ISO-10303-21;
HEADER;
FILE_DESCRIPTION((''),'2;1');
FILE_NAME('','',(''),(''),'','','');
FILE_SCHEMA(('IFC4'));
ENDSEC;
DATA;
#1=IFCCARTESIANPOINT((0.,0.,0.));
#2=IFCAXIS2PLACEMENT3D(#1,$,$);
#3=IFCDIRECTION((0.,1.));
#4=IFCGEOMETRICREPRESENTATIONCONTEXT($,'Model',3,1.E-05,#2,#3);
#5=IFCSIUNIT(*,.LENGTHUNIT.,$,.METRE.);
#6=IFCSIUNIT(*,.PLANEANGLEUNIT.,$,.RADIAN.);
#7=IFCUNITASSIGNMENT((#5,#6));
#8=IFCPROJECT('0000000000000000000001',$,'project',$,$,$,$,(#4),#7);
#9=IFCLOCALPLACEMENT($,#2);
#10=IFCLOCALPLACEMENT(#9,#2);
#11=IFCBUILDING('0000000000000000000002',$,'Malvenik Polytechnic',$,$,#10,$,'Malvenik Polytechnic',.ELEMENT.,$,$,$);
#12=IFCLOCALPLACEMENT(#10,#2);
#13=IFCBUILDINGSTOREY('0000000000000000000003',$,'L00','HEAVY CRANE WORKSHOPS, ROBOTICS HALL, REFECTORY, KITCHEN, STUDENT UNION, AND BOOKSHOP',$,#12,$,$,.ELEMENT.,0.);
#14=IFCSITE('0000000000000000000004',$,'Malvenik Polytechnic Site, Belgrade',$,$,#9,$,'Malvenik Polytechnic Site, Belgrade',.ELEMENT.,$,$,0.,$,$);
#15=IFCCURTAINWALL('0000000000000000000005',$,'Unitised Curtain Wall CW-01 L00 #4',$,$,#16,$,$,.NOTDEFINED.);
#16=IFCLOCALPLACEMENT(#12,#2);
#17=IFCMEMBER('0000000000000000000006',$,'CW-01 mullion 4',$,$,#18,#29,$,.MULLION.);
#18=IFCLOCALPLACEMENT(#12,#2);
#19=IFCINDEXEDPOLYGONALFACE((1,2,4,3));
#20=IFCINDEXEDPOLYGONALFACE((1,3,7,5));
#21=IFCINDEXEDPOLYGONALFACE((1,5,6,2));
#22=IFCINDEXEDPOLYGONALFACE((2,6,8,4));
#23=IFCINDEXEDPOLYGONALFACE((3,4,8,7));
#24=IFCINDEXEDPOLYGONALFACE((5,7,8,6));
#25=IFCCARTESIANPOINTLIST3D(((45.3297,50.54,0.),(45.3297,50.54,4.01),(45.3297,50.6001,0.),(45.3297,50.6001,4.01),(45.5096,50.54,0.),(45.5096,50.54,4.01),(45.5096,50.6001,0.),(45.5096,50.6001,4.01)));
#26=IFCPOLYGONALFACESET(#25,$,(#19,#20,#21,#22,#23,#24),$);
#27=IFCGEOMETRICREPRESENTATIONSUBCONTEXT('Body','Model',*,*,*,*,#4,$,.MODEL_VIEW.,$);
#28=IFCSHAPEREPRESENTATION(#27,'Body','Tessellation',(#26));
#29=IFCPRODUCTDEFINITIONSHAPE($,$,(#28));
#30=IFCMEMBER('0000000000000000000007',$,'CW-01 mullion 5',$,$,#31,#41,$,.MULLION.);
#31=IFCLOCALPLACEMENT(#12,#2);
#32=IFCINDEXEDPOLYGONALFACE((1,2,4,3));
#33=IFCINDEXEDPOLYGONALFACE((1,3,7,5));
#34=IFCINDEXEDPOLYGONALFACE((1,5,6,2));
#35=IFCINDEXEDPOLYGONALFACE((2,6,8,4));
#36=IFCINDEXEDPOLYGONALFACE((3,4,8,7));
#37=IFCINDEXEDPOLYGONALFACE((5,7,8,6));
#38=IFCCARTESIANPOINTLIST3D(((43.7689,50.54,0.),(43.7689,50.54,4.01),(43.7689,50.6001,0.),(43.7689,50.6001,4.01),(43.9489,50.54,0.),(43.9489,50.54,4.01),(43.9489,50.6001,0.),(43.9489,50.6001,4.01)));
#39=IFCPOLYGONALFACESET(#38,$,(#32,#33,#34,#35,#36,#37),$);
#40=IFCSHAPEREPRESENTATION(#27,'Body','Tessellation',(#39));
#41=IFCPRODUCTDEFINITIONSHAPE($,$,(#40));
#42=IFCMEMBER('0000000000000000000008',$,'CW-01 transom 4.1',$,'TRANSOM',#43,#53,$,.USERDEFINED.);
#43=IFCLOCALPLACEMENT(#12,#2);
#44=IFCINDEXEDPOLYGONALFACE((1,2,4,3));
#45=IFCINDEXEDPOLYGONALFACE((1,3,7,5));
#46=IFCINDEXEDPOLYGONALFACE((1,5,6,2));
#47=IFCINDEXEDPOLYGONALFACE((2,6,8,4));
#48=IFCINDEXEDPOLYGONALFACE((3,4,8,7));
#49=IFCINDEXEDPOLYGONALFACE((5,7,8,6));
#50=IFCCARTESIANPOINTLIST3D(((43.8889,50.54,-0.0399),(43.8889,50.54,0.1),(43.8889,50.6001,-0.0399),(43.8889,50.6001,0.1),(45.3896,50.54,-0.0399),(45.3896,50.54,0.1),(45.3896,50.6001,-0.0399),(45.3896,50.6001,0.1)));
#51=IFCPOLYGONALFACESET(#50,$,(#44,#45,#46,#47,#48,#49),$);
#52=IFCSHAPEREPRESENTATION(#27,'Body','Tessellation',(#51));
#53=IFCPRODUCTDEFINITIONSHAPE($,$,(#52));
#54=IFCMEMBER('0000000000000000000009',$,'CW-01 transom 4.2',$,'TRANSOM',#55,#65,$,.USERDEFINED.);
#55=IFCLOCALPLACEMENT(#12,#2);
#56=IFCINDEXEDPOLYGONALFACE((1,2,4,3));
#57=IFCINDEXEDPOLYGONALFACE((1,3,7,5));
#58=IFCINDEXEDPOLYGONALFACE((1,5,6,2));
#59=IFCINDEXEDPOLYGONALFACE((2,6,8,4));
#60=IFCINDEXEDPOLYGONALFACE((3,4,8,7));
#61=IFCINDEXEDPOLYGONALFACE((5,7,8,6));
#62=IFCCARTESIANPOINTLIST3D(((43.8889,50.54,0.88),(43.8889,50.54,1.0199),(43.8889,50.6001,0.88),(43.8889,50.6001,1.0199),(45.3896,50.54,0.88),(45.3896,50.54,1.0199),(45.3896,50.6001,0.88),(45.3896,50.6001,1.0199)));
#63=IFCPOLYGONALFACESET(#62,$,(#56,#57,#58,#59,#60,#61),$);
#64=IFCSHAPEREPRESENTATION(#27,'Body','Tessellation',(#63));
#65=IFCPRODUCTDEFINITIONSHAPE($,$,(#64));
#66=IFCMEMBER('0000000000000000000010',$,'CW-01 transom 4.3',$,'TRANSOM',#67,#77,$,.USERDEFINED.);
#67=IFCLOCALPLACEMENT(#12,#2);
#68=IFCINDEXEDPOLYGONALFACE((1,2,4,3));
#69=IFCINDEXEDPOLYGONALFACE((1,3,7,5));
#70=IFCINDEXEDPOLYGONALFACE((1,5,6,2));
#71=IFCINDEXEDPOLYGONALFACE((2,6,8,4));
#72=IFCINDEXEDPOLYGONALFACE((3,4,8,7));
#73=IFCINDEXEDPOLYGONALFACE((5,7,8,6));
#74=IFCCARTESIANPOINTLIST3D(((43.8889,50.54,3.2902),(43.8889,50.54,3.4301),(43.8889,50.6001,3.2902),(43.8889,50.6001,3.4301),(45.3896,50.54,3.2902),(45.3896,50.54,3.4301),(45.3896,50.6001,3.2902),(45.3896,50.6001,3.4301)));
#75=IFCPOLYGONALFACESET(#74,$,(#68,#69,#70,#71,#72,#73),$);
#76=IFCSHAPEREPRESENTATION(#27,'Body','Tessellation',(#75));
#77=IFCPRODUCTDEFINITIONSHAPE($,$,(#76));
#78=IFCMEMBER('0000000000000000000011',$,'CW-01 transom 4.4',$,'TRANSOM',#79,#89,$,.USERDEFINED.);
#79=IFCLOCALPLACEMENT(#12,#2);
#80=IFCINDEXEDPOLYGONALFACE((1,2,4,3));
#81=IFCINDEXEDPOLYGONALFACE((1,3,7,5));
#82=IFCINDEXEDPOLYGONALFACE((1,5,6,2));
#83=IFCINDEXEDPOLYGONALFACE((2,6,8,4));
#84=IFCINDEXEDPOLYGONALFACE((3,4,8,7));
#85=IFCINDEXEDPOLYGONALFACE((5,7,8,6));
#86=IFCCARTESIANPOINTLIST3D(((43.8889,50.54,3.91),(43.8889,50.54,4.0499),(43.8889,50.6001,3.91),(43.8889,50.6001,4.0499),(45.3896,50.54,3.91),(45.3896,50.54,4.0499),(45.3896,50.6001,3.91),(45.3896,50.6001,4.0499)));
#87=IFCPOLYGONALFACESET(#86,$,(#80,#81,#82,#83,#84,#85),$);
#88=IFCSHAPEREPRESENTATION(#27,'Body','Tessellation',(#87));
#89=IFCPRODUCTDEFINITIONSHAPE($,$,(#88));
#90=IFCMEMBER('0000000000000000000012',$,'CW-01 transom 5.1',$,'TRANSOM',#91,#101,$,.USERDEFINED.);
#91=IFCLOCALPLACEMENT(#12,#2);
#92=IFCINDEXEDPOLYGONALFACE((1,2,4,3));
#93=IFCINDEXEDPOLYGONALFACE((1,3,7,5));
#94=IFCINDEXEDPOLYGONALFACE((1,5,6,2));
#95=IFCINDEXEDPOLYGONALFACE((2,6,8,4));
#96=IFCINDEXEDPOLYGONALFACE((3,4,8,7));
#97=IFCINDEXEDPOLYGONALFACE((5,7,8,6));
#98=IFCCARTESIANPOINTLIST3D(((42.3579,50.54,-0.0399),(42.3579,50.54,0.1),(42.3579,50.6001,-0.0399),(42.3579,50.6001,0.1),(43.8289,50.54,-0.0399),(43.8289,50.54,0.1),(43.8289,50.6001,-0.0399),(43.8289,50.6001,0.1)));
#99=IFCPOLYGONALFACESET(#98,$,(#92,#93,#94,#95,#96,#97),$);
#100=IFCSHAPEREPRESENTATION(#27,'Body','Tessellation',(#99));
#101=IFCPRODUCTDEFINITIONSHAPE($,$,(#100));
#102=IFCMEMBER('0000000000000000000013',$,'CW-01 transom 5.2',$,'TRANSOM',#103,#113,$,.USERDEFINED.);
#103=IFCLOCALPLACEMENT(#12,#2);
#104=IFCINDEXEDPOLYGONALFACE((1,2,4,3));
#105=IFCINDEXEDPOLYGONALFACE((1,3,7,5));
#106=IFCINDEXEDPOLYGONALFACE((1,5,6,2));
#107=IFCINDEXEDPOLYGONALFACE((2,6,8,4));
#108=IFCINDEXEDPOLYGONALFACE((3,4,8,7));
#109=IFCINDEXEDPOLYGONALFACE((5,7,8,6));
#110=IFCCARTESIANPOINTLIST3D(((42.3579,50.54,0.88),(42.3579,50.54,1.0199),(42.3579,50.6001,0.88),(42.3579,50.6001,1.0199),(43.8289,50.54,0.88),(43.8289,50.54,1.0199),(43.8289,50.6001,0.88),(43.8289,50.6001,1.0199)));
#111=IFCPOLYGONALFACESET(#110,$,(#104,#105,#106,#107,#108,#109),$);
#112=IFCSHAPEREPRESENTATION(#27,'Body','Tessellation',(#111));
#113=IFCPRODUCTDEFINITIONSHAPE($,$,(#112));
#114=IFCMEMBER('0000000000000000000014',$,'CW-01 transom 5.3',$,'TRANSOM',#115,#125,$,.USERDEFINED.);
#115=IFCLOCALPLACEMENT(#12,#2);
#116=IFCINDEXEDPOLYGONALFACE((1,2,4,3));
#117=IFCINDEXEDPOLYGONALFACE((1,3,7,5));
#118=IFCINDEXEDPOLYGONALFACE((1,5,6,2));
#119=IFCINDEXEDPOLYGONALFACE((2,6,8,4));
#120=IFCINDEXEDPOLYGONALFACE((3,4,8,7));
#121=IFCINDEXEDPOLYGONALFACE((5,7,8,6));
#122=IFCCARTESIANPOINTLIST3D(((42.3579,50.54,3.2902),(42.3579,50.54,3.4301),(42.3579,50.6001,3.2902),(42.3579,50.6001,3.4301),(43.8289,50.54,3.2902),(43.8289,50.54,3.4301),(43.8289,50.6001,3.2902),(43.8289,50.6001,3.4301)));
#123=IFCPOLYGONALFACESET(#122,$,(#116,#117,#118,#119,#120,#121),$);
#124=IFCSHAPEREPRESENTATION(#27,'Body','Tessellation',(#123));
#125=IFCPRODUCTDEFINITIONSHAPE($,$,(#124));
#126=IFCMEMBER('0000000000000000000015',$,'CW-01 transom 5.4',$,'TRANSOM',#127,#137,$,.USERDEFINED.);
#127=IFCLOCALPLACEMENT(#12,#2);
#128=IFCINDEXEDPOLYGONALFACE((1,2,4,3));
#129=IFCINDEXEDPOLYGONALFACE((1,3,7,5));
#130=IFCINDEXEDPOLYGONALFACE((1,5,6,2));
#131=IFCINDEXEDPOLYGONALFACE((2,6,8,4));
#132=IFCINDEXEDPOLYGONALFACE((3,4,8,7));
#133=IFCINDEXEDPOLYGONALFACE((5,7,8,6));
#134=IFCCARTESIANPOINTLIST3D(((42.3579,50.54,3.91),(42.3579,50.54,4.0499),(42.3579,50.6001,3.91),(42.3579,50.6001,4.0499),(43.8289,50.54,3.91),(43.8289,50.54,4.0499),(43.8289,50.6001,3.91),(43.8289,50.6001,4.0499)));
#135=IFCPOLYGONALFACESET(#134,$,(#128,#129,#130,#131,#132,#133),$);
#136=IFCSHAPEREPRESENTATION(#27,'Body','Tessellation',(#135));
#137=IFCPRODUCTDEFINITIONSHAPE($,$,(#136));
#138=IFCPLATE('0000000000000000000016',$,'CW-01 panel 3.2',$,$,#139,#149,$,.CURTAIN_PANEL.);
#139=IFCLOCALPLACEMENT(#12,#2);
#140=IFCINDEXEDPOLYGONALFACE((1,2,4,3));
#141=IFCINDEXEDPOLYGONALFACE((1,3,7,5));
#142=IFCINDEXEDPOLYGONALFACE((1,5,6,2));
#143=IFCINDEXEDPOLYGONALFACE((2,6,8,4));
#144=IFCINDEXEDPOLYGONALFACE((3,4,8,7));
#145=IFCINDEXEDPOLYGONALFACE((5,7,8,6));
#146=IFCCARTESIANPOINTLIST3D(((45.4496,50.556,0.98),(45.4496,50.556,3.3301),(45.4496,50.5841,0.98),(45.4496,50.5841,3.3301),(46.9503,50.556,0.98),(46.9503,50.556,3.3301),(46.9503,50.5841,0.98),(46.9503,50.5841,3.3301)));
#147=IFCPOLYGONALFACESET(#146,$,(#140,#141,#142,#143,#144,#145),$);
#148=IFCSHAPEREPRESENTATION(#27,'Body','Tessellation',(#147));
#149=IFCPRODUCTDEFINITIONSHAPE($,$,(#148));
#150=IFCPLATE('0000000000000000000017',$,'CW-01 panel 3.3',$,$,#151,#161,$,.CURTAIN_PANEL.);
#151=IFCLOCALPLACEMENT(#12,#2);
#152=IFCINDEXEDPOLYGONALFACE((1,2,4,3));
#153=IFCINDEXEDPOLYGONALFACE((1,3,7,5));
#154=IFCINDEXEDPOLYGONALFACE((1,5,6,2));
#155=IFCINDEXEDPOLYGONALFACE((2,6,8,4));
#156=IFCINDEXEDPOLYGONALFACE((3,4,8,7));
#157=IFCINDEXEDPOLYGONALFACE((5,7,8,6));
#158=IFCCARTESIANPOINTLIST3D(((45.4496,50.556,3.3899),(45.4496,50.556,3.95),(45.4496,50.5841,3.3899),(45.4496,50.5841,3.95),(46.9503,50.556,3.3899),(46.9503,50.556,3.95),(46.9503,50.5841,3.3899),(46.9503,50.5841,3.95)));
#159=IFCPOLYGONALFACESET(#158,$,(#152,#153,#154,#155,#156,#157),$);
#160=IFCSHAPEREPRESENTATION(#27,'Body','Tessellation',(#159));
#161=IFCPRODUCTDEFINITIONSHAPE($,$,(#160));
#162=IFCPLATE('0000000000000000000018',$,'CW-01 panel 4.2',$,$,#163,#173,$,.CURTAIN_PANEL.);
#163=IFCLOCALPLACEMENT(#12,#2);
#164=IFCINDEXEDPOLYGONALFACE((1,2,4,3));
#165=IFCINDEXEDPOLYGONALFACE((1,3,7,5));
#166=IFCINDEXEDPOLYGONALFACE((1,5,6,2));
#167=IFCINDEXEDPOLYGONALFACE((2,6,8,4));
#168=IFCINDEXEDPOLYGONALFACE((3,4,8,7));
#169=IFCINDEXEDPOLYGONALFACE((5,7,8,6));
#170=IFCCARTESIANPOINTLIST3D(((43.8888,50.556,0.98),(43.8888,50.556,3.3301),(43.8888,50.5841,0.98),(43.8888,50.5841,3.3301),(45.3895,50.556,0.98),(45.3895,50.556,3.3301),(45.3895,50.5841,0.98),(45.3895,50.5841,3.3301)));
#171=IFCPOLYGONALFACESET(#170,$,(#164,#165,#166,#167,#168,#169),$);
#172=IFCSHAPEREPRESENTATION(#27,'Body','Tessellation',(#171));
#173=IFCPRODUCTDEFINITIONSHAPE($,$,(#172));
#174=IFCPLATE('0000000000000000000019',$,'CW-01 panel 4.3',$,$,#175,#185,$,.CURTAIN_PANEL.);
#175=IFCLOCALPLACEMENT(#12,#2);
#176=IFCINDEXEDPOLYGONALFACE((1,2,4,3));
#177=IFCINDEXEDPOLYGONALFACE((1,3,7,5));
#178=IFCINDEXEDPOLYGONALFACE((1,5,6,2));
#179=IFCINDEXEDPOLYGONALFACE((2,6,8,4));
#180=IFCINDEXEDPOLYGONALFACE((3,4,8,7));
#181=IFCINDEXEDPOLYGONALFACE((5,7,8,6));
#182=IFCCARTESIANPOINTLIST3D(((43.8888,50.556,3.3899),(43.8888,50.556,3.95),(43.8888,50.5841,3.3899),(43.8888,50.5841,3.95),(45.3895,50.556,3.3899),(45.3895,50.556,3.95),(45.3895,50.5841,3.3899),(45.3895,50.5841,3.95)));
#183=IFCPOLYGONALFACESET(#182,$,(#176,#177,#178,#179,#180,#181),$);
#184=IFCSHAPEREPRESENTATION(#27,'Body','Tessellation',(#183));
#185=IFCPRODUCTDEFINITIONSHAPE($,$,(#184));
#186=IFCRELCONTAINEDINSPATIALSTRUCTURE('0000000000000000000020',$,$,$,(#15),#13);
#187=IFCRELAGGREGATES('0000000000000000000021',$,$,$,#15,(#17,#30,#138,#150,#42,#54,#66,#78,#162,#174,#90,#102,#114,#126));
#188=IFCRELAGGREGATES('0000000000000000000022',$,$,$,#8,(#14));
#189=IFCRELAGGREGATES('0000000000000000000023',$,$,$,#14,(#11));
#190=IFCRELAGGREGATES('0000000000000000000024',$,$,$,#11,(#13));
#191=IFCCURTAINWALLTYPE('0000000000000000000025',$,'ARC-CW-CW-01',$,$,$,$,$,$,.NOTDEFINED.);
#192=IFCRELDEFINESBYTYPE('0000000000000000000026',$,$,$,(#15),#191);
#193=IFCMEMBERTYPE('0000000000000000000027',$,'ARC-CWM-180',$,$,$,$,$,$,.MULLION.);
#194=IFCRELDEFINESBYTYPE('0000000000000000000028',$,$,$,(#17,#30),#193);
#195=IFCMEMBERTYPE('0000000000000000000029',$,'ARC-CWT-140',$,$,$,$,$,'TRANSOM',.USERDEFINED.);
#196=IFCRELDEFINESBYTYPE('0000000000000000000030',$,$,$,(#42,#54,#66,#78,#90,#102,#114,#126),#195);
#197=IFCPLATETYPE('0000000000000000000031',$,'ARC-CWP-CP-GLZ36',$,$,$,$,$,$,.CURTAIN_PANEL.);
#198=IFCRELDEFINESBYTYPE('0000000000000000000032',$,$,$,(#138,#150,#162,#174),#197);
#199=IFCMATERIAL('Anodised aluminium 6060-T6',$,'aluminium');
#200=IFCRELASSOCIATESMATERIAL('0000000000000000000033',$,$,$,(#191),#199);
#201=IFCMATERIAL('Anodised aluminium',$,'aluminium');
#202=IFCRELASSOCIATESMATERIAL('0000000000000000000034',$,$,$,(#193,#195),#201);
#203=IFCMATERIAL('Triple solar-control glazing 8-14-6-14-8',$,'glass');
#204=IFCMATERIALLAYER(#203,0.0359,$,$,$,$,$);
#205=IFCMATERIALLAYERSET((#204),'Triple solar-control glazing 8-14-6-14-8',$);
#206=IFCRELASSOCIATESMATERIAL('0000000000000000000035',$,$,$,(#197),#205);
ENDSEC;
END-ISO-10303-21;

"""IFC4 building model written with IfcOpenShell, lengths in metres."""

from ifc_helpers import new_model, si_unit, direction, frame, origin, origin_2d, place, context, subcontext, project, spatial, rectangle, extrude, material, layer, layer_set, material_profile, profile_set, type_object, element, aggregate, save


model = new_model("IFC4")

# Units and contexts
model_context = context("Model", 3, precision=1e-05, world=origin(), true_north=direction((0.0, 1.0)))
body_context = subcontext(model_context, "Body", "Model", "MODEL_VIEW")
ifc_project = project(units=[si_unit("LENGTHUNIT", "METRE"), si_unit("PLANEANGLEUNIT", "RADIAN")], contexts=[model_context])

# Site, building, storey
site_placement = place(None, origin())
site = spatial("IfcSite", under=ifc_project, at=site_placement, Name="Malvenik Polytechnic Site, Belgrade", LongName="Malvenik Polytechnic Site, Belgrade", CompositionType="ELEMENT", RefElevation=0.0)
building_placement = place(site_placement, origin())
building = spatial("IfcBuilding", under=site, at=building_placement, Name="Malvenik Polytechnic", LongName="Malvenik Polytechnic", CompositionType="ELEMENT")
storey_placement = place(building_placement, origin())
storey = spatial("IfcBuildingStorey", under=building, at=storey_placement, Name="L00", Description="HEAVY CRANE WORKSHOPS, ROBOTICS HALL, REFECTORY, KITCHEN, STUDENT UNION, AND BOOKSHOP", CompositionType="ELEMENT", Elevation=0.0)

# Curtain wall, members, plates
ifc_material_1 = material(Name="Anodised aluminium 6060-T6", Category="aluminium")
curtain_wall_type = type_object("IfcCurtainWallType", Name="ARC-CW-CW-01", PredefinedType="NOTDEFINED", material=ifc_material_1)
curtain_wall_placement = place(storey_placement, origin())
curtain_wall = element("IfcCurtainWall", 1, at=curtain_wall_placement, inside=storey, type_object=curtain_wall_type, Name="Unitised Curtain Wall CW-01 L00 #4", PredefinedType="NOTDEFINED")
ifc_material_2 = material(Name="Anodised aluminium", Category="aluminium")
ifc_material_profile_1 = material_profile(ifc_material_2, rectangle(XDim=0.0601, YDim=0.1799, at=origin_2d()), Name="ALU MULLION 60x180")
ifc_profile_set_1 = profile_set([ifc_material_profile_1], Name="Anodised aluminium")
member_type_1 = type_object("IfcMemberType", Name="ARC-CWM-180", PredefinedType="MULLION", material=ifc_profile_set_1)
member_1_placement = place(storey_placement, frame((45.4197, 50.5701, 0.0), z_axis=(0.0, 0.0, 1.0), x_axis=(0.0, -1.0, 0.0)))
member_1 = element("IfcMember", 2, at=member_1_placement, type_object=member_type_1, Name="CW-01 mullion 4", PredefinedType="MULLION", context=body_context, shape_type="SweptSolid", body=[
    extrude(rectangle(XDim=0.0601, YDim=0.1799, at=origin_2d()), origin(), (0.0, 0.0, 1.0), 4.01),
])
member_2_placement = place(storey_placement, frame((43.8589, 50.5701, 0.0), z_axis=(0.0, 0.0, 1.0), x_axis=(0.0, -1.0, 0.0)))
member_2 = element("IfcMember", 3, at=member_2_placement, type_object=member_type_1, Name="CW-01 mullion 5", PredefinedType="MULLION", context=body_context, shape_type="SweptSolid", body=[
    extrude(rectangle(XDim=0.0601, YDim=0.1799, at=origin_2d()), origin(), (0.0, 0.0, 1.0), 4.01),
])
ifc_material_profile_2 = material_profile(ifc_material_2, rectangle(XDim=0.0601, YDim=0.1399, at=origin_2d()), Name="ALU TRANSOM 60x140")
ifc_profile_set_2 = profile_set([ifc_material_profile_2], Name="Anodised aluminium")
member_type_2 = type_object("IfcMemberType", Name="ARC-CWT-140", ElementType="TRANSOM", PredefinedType="USERDEFINED", material=ifc_profile_set_2)
member_3_placement = place(storey_placement, frame((45.3896, 50.5701, 0.03), z_axis=(-1.0, 0.0, 0.0), x_axis=(0.0, -1.0, 0.0)))
member_3 = element("IfcMember", 4, at=member_3_placement, type_object=member_type_2, Name="CW-01 transom 4.1", ObjectType="TRANSOM", PredefinedType="USERDEFINED", context=body_context, shape_type="SweptSolid", body=[
    extrude(rectangle(XDim=0.0601, YDim=0.1399, at=origin_2d()), origin(), (0.0, 0.0, 1.0), 1.5007),
])
member_4_placement = place(storey_placement, frame((45.3896, 50.5701, 0.95), z_axis=(-1.0, 0.0, 0.0), x_axis=(0.0, -1.0, 0.0)))
member_4 = element("IfcMember", 5, at=member_4_placement, type_object=member_type_2, Name="CW-01 transom 4.2", ObjectType="TRANSOM", PredefinedType="USERDEFINED", context=body_context, shape_type="SweptSolid", body=[
    extrude(rectangle(XDim=0.0601, YDim=0.1399, at=origin_2d()), origin(), (0.0, 0.0, 1.0), 1.5007),
])
member_5_placement = place(storey_placement, frame((45.3896, 50.5701, 3.3601), z_axis=(-1.0, 0.0, 0.0), x_axis=(0.0, -1.0, 0.0)))
member_5 = element("IfcMember", 6, at=member_5_placement, type_object=member_type_2, Name="CW-01 transom 4.3", ObjectType="TRANSOM", PredefinedType="USERDEFINED", context=body_context, shape_type="SweptSolid", body=[
    extrude(rectangle(XDim=0.0601, YDim=0.1399, at=origin_2d()), origin(), (0.0, 0.0, 1.0), 1.5007),
])
member_6_placement = place(storey_placement, frame((45.3896, 50.5701, 3.98), z_axis=(-1.0, 0.0, 0.0), x_axis=(0.0, -1.0, 0.0)))
member_6 = element("IfcMember", 7, at=member_6_placement, type_object=member_type_2, Name="CW-01 transom 4.4", ObjectType="TRANSOM", PredefinedType="USERDEFINED", context=body_context, shape_type="SweptSolid", body=[
    extrude(rectangle(XDim=0.0601, YDim=0.1399, at=origin_2d()), origin(), (0.0, 0.0, 1.0), 1.5007),
])
member_7_placement = place(storey_placement, frame((43.8289, 50.5701, 0.03), z_axis=(-1.0, 0.0, 0.0), x_axis=(0.0, -1.0, 0.0)))
member_7 = element("IfcMember", 8, at=member_7_placement, type_object=member_type_2, Name="CW-01 transom 5.1", ObjectType="TRANSOM", PredefinedType="USERDEFINED", context=body_context, shape_type="SweptSolid", body=[
    extrude(rectangle(XDim=0.0601, YDim=0.1399, at=origin_2d()), origin(), (0.0, 0.0, 1.0), 1.4709),
])
member_8_placement = place(storey_placement, frame((43.8289, 50.5701, 0.95), z_axis=(-1.0, 0.0, 0.0), x_axis=(0.0, -1.0, 0.0)))
member_8 = element("IfcMember", 9, at=member_8_placement, type_object=member_type_2, Name="CW-01 transom 5.2", ObjectType="TRANSOM", PredefinedType="USERDEFINED", context=body_context, shape_type="SweptSolid", body=[
    extrude(rectangle(XDim=0.0601, YDim=0.1399, at=origin_2d()), origin(), (0.0, 0.0, 1.0), 1.4709),
])
member_9_placement = place(storey_placement, frame((43.8289, 50.5701, 3.3601), z_axis=(-1.0, 0.0, 0.0), x_axis=(0.0, -1.0, 0.0)))
member_9 = element("IfcMember", 10, at=member_9_placement, type_object=member_type_2, Name="CW-01 transom 5.3", ObjectType="TRANSOM", PredefinedType="USERDEFINED", context=body_context, shape_type="SweptSolid", body=[
    extrude(rectangle(XDim=0.0601, YDim=0.1399, at=origin_2d()), origin(), (0.0, 0.0, 1.0), 1.4709),
])
member_10_placement = place(storey_placement, frame((43.8289, 50.5701, 3.98), z_axis=(-1.0, 0.0, 0.0), x_axis=(0.0, -1.0, 0.0)))
member_10 = element("IfcMember", 11, at=member_10_placement, type_object=member_type_2, Name="CW-01 transom 5.4", ObjectType="TRANSOM", PredefinedType="USERDEFINED", context=body_context, shape_type="SweptSolid", body=[
    extrude(rectangle(XDim=0.0601, YDim=0.1399, at=origin_2d()), origin(), (0.0, 0.0, 1.0), 1.4709),
])
ifc_material_3 = material(Name="Triple solar-control glazing 8-14-6-14-8", Category="glass")
ifc_layer_1 = layer(ifc_material_3, 0.0359)
ifc_layer_set_1 = layer_set([ifc_layer_1], Name="Triple solar-control glazing 8-14-6-14-8")
plate_type_1 = type_object("IfcPlateType", Name="ARC-CWP-CP-GLZ36", PredefinedType="CURTAIN_PANEL", material=ifc_layer_set_1)
plate_1_placement = place(storey_placement, frame((46.2, 50.5701, 0.98), z_axis=(0.0, 0.0, 1.0), x_axis=(-1.0, 0.0, 0.0)))
plate_1 = element("IfcPlate", 12, at=plate_1_placement, type_object=plate_type_1, Name="CW-01 panel 3.2", PredefinedType="CURTAIN_PANEL", context=body_context, shape_type="SweptSolid", body=[
    extrude(rectangle(XDim=1.5007, YDim=0.0281, at=origin_2d()), origin(), (0.0, 0.0, 1.0), 2.3501),
])
plate_2_placement = place(storey_placement, frame((46.2, 50.5701, 3.3899), z_axis=(0.0, 0.0, 1.0), x_axis=(-1.0, 0.0, 0.0)))
plate_2 = element("IfcPlate", 13, at=plate_2_placement, type_object=plate_type_1, Name="CW-01 panel 3.3", PredefinedType="CURTAIN_PANEL", context=body_context, shape_type="SweptSolid", body=[
    extrude(rectangle(XDim=1.5007, YDim=0.0281, at=origin_2d()), origin(), (0.0, 0.0, 1.0), 0.5601),
])
plate_3_placement = place(storey_placement, frame((44.6392, 50.5701, 0.98), z_axis=(0.0, 0.0, 1.0), x_axis=(-1.0, 0.0, 0.0)))
plate_3 = element("IfcPlate", 14, at=plate_3_placement, type_object=plate_type_1, Name="CW-01 panel 4.2", PredefinedType="CURTAIN_PANEL", context=body_context, shape_type="SweptSolid", body=[
    extrude(rectangle(XDim=1.5007, YDim=0.0281, at=origin_2d()), origin(), (0.0, 0.0, 1.0), 2.3501),
])
plate_4_placement = place(storey_placement, frame((44.6392, 50.5701, 3.3899), z_axis=(0.0, 0.0, 1.0), x_axis=(-1.0, 0.0, 0.0)))
plate_4 = element("IfcPlate", 15, at=plate_4_placement, type_object=plate_type_1, Name="CW-01 panel 4.3", PredefinedType="CURTAIN_PANEL", context=body_context, shape_type="SweptSolid", body=[
    extrude(rectangle(XDim=1.5007, YDim=0.0281, at=origin_2d()), origin(), (0.0, 0.0, 1.0), 0.5601),
])
aggregate(curtain_wall, [member_1, member_2, plate_1, plate_2, member_3, member_4, member_5, member_6, plate_3, plate_4, member_7, member_8, member_9, member_10])

save(model, "model.ifc")
